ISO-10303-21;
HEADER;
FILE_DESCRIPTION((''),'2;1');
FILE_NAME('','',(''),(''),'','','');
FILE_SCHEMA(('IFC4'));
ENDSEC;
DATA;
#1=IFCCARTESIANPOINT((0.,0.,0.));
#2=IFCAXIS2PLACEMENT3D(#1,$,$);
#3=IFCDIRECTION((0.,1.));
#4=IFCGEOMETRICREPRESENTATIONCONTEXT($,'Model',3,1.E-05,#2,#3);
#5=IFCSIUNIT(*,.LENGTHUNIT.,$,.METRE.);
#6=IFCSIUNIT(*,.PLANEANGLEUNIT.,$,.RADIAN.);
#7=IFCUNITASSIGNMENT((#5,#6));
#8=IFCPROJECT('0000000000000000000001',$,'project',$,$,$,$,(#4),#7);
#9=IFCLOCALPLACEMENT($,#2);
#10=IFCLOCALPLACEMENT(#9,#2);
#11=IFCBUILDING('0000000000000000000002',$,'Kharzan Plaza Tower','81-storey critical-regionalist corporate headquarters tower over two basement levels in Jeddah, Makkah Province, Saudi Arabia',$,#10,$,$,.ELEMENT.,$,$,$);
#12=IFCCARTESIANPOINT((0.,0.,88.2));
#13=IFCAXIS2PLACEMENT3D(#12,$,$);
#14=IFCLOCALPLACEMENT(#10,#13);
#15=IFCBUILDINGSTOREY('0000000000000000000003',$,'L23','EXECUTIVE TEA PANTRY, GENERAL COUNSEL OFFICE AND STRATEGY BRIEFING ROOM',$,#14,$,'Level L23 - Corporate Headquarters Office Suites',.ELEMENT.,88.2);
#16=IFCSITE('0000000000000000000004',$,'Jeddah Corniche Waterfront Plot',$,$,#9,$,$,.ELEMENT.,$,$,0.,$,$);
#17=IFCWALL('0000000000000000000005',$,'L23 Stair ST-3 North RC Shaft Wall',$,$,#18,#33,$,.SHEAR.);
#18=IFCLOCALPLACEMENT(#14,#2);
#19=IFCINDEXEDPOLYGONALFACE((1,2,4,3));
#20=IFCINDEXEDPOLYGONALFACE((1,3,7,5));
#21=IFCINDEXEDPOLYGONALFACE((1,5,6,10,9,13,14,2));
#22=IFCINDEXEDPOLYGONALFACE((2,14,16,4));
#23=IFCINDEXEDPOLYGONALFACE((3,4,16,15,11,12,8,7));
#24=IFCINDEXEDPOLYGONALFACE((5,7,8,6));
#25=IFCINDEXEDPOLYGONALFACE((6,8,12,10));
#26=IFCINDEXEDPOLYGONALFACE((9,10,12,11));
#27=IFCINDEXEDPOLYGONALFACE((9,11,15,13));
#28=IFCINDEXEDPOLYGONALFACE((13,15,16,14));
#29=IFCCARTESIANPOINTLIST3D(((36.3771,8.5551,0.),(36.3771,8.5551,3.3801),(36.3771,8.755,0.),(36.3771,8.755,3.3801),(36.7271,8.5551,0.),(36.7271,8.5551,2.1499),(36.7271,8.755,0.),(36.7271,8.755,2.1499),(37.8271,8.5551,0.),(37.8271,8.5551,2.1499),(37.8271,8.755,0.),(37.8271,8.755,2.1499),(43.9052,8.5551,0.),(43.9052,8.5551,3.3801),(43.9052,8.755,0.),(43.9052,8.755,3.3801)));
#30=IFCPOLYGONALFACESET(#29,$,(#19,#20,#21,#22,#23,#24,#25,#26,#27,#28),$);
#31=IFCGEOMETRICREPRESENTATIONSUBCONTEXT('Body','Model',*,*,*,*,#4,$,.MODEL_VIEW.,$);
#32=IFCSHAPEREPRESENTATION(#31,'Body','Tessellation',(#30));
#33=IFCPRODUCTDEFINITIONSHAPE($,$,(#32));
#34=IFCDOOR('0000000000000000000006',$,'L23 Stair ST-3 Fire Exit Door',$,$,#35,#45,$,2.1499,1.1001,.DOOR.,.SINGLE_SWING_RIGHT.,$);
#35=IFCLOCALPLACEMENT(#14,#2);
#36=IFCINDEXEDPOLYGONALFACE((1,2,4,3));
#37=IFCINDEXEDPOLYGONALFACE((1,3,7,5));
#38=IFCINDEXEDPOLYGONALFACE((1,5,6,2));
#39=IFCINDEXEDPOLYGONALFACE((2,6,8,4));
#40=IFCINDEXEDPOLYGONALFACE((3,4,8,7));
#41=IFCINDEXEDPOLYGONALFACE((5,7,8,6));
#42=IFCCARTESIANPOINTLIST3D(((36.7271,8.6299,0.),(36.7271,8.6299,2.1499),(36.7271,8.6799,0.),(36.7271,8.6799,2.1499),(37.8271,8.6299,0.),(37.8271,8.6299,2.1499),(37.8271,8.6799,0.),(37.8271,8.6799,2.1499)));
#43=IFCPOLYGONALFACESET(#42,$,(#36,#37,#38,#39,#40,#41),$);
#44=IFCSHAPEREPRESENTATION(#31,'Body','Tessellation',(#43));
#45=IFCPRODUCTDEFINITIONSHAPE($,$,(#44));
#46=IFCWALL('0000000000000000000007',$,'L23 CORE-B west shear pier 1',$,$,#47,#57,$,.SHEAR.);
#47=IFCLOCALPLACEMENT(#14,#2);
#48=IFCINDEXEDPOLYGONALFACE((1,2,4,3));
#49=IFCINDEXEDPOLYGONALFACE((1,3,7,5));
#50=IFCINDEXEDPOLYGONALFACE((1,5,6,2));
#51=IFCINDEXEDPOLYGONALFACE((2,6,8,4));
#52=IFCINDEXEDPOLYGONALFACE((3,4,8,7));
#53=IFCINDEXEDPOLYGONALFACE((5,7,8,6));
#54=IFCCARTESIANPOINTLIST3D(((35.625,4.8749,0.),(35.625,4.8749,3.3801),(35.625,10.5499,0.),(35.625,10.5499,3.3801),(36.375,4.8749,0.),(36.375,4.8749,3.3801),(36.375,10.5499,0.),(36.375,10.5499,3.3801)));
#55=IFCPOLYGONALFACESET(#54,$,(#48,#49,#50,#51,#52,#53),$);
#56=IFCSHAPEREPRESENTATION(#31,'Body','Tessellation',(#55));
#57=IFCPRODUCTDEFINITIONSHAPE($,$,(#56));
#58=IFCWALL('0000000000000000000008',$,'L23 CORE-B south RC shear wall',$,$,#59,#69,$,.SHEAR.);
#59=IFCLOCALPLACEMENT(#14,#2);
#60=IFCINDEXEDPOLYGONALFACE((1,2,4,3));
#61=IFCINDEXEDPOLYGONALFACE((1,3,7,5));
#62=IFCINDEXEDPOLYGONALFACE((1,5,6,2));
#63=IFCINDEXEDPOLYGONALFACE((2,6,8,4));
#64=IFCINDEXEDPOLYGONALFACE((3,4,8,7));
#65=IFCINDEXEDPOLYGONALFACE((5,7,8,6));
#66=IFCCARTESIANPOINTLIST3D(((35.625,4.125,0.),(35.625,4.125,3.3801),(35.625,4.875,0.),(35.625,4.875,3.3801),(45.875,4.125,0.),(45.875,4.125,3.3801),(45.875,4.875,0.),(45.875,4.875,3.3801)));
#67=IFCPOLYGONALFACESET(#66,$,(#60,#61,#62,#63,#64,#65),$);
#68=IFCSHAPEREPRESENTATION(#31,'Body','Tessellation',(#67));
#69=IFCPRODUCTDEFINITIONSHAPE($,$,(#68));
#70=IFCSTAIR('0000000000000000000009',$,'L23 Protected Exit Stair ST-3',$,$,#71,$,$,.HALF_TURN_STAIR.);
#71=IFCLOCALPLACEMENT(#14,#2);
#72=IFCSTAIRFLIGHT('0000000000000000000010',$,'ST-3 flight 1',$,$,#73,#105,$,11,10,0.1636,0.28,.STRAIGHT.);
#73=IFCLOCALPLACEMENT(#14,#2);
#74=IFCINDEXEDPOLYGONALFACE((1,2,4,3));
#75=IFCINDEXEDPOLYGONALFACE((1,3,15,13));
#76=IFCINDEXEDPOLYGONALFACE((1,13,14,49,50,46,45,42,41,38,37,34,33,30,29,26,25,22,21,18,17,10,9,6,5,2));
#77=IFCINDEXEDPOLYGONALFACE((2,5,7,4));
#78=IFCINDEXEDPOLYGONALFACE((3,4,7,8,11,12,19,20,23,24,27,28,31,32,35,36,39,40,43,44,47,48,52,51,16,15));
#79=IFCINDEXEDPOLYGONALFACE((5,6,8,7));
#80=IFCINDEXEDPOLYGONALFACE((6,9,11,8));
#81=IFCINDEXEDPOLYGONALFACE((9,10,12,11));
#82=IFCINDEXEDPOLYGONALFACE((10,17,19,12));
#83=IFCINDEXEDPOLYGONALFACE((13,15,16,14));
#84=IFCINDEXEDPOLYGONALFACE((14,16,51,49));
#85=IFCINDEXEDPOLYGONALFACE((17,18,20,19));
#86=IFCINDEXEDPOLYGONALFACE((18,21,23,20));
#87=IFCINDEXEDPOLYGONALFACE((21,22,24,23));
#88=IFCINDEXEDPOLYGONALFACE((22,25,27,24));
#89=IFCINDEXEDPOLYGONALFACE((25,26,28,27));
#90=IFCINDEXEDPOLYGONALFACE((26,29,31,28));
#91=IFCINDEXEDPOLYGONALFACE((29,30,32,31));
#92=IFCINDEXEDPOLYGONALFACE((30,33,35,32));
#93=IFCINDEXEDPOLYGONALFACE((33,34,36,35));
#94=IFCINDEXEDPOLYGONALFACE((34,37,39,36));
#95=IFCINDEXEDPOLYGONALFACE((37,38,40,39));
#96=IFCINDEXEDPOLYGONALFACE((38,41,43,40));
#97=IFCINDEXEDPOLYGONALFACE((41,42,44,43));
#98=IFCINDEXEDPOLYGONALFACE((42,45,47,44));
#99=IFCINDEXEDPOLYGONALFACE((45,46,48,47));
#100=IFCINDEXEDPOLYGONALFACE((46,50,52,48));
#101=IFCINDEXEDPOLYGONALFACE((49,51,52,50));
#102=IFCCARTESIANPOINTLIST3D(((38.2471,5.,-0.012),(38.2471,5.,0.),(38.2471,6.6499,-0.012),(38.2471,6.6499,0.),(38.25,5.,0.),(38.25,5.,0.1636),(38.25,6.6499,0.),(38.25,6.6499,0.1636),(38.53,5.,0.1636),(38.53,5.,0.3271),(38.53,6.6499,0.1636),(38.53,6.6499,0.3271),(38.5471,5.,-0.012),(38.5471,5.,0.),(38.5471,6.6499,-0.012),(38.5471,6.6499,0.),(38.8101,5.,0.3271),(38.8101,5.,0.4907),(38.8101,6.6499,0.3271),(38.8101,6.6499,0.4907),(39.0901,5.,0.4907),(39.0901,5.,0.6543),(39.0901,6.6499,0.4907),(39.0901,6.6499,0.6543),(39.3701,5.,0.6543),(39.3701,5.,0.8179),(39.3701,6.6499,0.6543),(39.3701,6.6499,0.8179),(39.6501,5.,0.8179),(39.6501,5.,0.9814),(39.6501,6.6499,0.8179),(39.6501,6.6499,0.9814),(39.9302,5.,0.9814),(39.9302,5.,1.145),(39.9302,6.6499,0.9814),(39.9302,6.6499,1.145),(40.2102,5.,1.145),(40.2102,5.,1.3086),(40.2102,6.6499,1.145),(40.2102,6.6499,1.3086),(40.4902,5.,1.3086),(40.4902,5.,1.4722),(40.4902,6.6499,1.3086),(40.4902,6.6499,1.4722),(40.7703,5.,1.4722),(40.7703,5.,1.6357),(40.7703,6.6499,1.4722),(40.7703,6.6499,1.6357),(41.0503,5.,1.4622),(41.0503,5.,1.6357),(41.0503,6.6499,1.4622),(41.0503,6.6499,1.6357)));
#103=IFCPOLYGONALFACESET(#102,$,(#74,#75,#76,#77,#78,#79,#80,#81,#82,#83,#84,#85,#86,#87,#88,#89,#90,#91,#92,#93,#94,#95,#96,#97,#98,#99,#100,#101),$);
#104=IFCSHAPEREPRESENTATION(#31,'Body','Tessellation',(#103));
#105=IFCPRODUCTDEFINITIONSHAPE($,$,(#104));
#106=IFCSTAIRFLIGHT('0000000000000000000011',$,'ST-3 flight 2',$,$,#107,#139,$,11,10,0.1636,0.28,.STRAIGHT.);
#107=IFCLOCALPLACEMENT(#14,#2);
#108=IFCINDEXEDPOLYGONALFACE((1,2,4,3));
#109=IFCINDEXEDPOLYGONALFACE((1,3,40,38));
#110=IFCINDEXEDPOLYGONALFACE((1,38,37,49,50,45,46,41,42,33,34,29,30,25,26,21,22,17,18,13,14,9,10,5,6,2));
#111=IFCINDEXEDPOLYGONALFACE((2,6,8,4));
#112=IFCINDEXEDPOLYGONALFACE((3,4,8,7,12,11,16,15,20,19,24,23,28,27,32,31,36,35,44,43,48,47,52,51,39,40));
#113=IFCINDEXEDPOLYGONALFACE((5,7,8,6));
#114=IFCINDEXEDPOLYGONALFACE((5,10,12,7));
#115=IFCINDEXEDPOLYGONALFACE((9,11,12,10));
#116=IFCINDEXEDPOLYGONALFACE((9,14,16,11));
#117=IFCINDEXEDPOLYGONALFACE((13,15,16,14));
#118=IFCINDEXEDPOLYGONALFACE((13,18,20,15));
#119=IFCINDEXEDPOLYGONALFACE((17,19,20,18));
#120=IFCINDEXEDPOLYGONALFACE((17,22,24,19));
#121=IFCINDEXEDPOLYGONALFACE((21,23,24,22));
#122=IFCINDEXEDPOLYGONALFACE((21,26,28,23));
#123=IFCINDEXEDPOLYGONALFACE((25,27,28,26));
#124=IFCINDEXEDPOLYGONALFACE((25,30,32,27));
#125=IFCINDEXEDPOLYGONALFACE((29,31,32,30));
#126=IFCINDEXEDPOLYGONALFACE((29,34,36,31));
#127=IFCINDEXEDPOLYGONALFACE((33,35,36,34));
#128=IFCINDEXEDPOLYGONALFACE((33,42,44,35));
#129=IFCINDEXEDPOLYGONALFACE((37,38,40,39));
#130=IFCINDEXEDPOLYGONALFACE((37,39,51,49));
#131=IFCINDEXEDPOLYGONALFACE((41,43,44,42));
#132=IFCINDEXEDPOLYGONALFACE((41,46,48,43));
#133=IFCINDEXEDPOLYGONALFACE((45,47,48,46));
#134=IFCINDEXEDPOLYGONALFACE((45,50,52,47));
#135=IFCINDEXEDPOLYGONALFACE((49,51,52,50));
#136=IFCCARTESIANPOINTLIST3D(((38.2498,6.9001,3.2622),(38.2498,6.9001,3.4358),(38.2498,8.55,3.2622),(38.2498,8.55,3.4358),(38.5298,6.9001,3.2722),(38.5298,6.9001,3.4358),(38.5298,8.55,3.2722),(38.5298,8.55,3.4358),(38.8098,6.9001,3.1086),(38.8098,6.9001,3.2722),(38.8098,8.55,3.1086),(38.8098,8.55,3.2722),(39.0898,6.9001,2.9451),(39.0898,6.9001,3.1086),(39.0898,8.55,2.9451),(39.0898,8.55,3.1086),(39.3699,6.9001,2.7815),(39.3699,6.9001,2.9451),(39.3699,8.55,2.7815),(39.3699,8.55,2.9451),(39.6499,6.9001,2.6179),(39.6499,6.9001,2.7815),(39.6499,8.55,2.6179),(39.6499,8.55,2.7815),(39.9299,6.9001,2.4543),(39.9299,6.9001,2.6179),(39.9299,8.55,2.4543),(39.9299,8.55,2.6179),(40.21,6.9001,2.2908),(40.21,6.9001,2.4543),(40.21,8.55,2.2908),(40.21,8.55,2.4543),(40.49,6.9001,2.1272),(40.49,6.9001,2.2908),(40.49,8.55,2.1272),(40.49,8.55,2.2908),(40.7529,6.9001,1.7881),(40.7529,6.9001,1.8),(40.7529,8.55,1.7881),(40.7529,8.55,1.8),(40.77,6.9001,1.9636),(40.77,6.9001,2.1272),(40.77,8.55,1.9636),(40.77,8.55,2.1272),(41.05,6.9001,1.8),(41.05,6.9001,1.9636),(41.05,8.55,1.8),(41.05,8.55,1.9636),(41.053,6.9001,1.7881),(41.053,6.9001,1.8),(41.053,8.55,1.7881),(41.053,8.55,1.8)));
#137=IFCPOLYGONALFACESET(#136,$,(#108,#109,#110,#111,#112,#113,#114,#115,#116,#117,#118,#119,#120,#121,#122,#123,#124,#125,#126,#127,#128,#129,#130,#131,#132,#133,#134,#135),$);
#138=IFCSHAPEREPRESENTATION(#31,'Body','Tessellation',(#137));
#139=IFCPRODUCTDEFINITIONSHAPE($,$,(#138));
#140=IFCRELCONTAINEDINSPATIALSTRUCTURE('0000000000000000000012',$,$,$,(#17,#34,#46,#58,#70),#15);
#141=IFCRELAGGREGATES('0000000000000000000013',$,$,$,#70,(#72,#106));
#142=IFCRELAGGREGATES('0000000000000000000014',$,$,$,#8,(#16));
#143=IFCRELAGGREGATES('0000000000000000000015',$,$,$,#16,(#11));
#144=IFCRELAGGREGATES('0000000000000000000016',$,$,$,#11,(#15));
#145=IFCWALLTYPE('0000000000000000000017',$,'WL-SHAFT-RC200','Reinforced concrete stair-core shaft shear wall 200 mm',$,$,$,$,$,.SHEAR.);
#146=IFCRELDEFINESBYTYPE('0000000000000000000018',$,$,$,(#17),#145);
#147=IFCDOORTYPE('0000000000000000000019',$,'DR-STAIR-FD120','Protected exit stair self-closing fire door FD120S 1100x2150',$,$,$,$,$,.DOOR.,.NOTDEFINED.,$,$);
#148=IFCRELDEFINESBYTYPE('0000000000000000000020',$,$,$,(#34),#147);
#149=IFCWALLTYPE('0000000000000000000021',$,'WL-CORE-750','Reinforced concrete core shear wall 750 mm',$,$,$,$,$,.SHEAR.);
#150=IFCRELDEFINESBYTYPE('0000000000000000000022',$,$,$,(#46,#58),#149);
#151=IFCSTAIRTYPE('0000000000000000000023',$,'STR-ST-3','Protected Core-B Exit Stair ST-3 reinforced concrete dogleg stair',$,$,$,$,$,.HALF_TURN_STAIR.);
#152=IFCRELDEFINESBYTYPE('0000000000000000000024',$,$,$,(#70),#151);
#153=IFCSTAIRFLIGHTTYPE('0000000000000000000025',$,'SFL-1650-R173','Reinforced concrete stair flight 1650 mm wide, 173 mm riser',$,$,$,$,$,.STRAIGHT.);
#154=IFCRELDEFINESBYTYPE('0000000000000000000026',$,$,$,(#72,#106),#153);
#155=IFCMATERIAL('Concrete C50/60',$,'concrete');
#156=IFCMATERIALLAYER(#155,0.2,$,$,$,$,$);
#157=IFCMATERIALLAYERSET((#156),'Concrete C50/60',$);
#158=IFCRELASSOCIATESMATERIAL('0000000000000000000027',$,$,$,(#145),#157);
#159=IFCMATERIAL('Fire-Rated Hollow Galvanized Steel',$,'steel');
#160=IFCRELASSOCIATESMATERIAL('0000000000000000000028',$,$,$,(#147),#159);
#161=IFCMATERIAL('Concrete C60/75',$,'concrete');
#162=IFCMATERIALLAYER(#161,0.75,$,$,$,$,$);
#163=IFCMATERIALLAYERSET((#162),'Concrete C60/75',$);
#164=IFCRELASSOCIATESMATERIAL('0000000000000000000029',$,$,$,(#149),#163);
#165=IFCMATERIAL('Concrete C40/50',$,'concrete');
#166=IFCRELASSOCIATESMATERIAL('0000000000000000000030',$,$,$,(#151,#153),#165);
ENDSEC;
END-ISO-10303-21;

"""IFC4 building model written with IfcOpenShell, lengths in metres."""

from ifc_helpers import new_model, si_unit, direction, frame, frame_2d, origin, place, context, subcontext, project, spatial, polyline, rectangle, outline, extrude, source, transform, mapped, material, layer, layer_set, type_object, element, fill, aggregate, save


model = new_model("IFC4")

# Units and contexts
model_context = context("Model", 3, precision=1e-05, world=origin(), true_north=direction((0.0, 1.0)))
body_context = subcontext(model_context, "Body", "Model", "MODEL_VIEW")
ifc_project = project(units=[si_unit("LENGTHUNIT", "METRE"), si_unit("PLANEANGLEUNIT", "RADIAN")], contexts=[model_context])

# Site, building, storey
site_placement = place(None, origin())
site = spatial("IfcSite", under=ifc_project, at=site_placement, Name="Jeddah Corniche Waterfront Plot", CompositionType="ELEMENT", RefElevation=0.0)
building_placement = place(site_placement, origin())
building = spatial("IfcBuilding", under=site, at=building_placement, Name="Kharzan Plaza Tower", Description="81-storey critical-regionalist corporate headquarters tower over two basement levels in Jeddah, Makkah Province, Saudi Arabia", CompositionType="ELEMENT")
storey_placement = place(building_placement, frame((0.0, 0.0, 88.2)))
storey = spatial("IfcBuildingStorey", under=building, at=storey_placement, Name="L23", Description="EXECUTIVE TEA PANTRY, GENERAL COUNSEL OFFICE AND STRATEGY BRIEFING ROOM", LongName="Level L23 - Corporate Headquarters Office Suites", CompositionType="ELEMENT", Elevation=88.2)

# Shared definitions
ifc_material_1 = material(Name="Concrete C60/75", Category="concrete")

# Shared definitions
ifc_material_2 = material(Name="Concrete C40/50", Category="concrete")

# Wall, opening, door
ifc_material_3 = material(Name="Concrete C50/60", Category="concrete")
ifc_layer_1 = layer(ifc_material_3, 0.2)
ifc_layer_set_1 = layer_set([ifc_layer_1], Name="Concrete C50/60")
wall_type_1 = type_object("IfcWallType", Name="WL-SHAFT-RC200", Description="Reinforced concrete stair-core shaft shear wall 200 mm", PredefinedType="SHEAR", material=ifc_layer_set_1)
wall_1_placement = place(storey_placement, frame((36.377, 8.655, 0.0), z_axis=(0.0, 0.0, 1.0), x_axis=(1.0, 0.0, 0.0)))
wall_1 = element("IfcWall", 1, at=wall_1_placement, inside=storey, type_object=wall_type_1, Name="L23 Stair ST-3 North RC Shaft Wall", PredefinedType="SHEAR", context=body_context, shape_type="SweptSolid", body=[
    extrude(rectangle(XDim=7.5281, YDim=0.2, at=frame_2d((3.7642, 0.0))), origin(), (0.0, 0.0, 1.0), 3.3801),
])
opening_1_placement = place(wall_1_placement, frame((0.3501, 0.0, 0.0)))
opening_1 = element("IfcOpeningElement", 2, at=opening_1_placement, cuts=wall_1, PredefinedType="OPENING", context=body_context, shape_type="SweptSolid", body=[
    extrude(rectangle(XDim=1.1001, YDim=2.1499, at=frame_2d((0.55, 1.075))), frame((0.0, 0.1099, 0.0), z_axis=(0.0, -1.0, 0.0), x_axis=(1.0, 0.0, 0.0)), (0.0, 0.0, 1.0), 0.22),
])
ifc_material_4 = material(Name="Fire-Rated Hollow Galvanized Steel", Category="steel")
door_type = type_object("IfcDoorType", Name="DR-STAIR-FD120", Description="Protected exit stair self-closing fire door FD120S 1100x2150", OperationType="NOTDEFINED", PredefinedType="DOOR", material=ifc_material_4)
shared_shape_1 = source(origin(), body_context, "Body", "SweptSolid", [
    extrude(rectangle(XDim=1.1001, YDim=2.1499, at=frame_2d((0.55, 1.075))), frame((0.0, 0.0249, 0.0), z_axis=(0.0, -1.0, 0.0), x_axis=(1.0, 0.0, 0.0)), (0.0, 0.0, 1.0), 0.05),
])
door_placement = place(opening_1_placement, origin())
door = element("IfcDoor", 3, at=door_placement, inside=storey, type_object=door_type, Name="L23 Stair ST-3 Fire Exit Door", OperationType="SINGLE_SWING_RIGHT", OverallHeight=2.1499, OverallWidth=1.1001, PredefinedType="DOOR", context=body_context, shape_type="MappedRepresentation", body=[
    mapped(shared_shape_1, transform((0.0, 0.0, 0.0), x_axis=(1.0, 0.0, 0.0), y_axis=(0.0, 1.0, 0.0), z_axis=(0.0, 0.0, 1.0))),
])
fill(opening_1, door)

# Walls
ifc_layer_2 = layer(ifc_material_1, 0.75)
ifc_layer_set_2 = layer_set([ifc_layer_2], Name="Concrete C60/75")
wall_type_2 = type_object("IfcWallType", Name="WL-CORE-750", Description="Reinforced concrete core shear wall 750 mm", PredefinedType="SHEAR", material=ifc_layer_set_2)
shared_shape_2 = source(origin(), body_context, "Body", "SweptSolid", [
    extrude(rectangle(XDim=5.675, YDim=0.75, at=frame_2d((2.8374, 0.0))), origin(), (0.0, 0.0, 1.0), 3.3801),
])
wall_2_placement = place(storey_placement, frame((36.0, 4.875, 0.0), z_axis=(0.0, 0.0, 1.0), x_axis=(0.0, 1.0, 0.0)))
element("IfcWall", 4, at=wall_2_placement, inside=storey, type_object=wall_type_2, Name="L23 CORE-B west shear pier 1", PredefinedType="SHEAR", context=body_context, shape_type="MappedRepresentation", body=[
    mapped(shared_shape_2, transform((0.0, 0.0, 0.0), x_axis=(1.0, 0.0, 0.0), y_axis=(0.0, 1.0, 0.0), z_axis=(0.0, 0.0, 1.0))),
])
shared_shape_3 = source(origin(), body_context, "Body", "SweptSolid", [
    extrude(rectangle(XDim=10.25, YDim=0.75, at=frame_2d((5.125, 0.0))), origin(), (0.0, 0.0, 1.0), 3.3801),
])
wall_3_placement = place(storey_placement, frame((35.625, 4.5, 0.0), z_axis=(0.0, 0.0, 1.0), x_axis=(1.0, 0.0, 0.0)))
element("IfcWall", 5, at=wall_3_placement, inside=storey, type_object=wall_type_2, Name="L23 CORE-B south RC shear wall", PredefinedType="SHEAR", context=body_context, shape_type="MappedRepresentation", body=[
    mapped(shared_shape_3, transform((0.0, 0.0, 0.0), x_axis=(1.0, 0.0, 0.0), y_axis=(0.0, 1.0, 0.0), z_axis=(0.0, 0.0, 1.0))),
])

# Stair, stair flights
stair_type = type_object("IfcStairType", Name="STR-ST-3", Description="Protected Core-B Exit Stair ST-3 reinforced concrete dogleg stair", PredefinedType="HALF_TURN_STAIR", material=ifc_material_2)
stair_placement = place(storey_placement, origin())
stair = element("IfcStair", 6, at=stair_placement, inside=storey, type_object=stair_type, Name="L23 Protected Exit Stair ST-3", PredefinedType="HALF_TURN_STAIR")
stair_flight_type = type_object("IfcStairFlightType", Name="SFL-1650-R173", Description="Reinforced concrete stair flight 1650 mm wide, 173 mm riser", PredefinedType="STRAIGHT", material=ifc_material_2)
shared_shape_4 = source(origin(), body_context, "Body", "SweptSolid", [
    extrude(outline(polyline([(-0.0029, -0.012), (-0.0029, 0.0), (0.0, 0.0), (0.0, 0.1636), (0.28, 0.1636), (0.28, 0.3271), (0.5601, 0.3271), (0.5601, 0.4907), (0.8401, 0.4907), (0.8401, 0.6543), (1.1201, 0.6543), (1.1201, 0.8179), (1.4001, 0.8179), (1.4001, 0.9814), (1.6802, 0.9814), (1.6802, 1.145), (1.9602, 1.145), (1.9602, 1.3086), (2.2402, 1.3086), (2.2402, 1.4722), (2.5203, 1.4722), (2.5203, 1.6357), (2.8003, 1.6357), (2.8003, 1.7993), (2.8003, 1.4622), (0.2971, 0.0), (0.2971, -0.012), (-0.0029, -0.012)])), frame((0.0, 0.825, 0.0), z_axis=(0.0, -1.0, 0.0), x_axis=(1.0, 0.0, 0.0)), (0.0, 0.0, 1.0), 1.6499),
])
stair_flight_1_placement = place(storey_placement, frame((38.25, 5.825, 0.0), z_axis=(0.0, 0.0, 1.0), x_axis=(1.0, 0.0, 0.0)))
stair_flight_1 = element("IfcStairFlight", 7, at=stair_flight_1_placement, type_object=stair_flight_type, Name="ST-3 flight 1", NumberOfRisers=11, NumberOfTreads=10, PredefinedType="STRAIGHT", RiserHeight=0.1636, TreadLength=0.28, context=body_context, shape_type="MappedRepresentation", body=[
    mapped(shared_shape_4, transform((0.0, 0.0, 0.0), x_axis=(1.0, 0.0, 0.0), y_axis=(0.0, 1.0, 0.0), z_axis=(0.0, 0.0, 1.0))),
])
stair_flight_2_placement = place(storey_placement, frame((41.05, 7.7251, 1.8), z_axis=(0.0, 0.0, 1.0), x_axis=(-1.0, 0.0, 0.0)))
stair_flight_2 = element("IfcStairFlight", 8, at=stair_flight_2_placement, type_object=stair_flight_type, Name="ST-3 flight 2", NumberOfRisers=11, NumberOfTreads=10, PredefinedType="STRAIGHT", RiserHeight=0.1636, TreadLength=0.28, context=body_context, shape_type="MappedRepresentation", body=[
    mapped(shared_shape_4, transform((0.0, 0.0, 0.0), x_axis=(1.0, 0.0, 0.0), y_axis=(0.0, 1.0, 0.0), z_axis=(0.0, 0.0, 1.0))),
])
aggregate(stair, [stair_flight_1, stair_flight_2])

save(model, "model.ifc")
